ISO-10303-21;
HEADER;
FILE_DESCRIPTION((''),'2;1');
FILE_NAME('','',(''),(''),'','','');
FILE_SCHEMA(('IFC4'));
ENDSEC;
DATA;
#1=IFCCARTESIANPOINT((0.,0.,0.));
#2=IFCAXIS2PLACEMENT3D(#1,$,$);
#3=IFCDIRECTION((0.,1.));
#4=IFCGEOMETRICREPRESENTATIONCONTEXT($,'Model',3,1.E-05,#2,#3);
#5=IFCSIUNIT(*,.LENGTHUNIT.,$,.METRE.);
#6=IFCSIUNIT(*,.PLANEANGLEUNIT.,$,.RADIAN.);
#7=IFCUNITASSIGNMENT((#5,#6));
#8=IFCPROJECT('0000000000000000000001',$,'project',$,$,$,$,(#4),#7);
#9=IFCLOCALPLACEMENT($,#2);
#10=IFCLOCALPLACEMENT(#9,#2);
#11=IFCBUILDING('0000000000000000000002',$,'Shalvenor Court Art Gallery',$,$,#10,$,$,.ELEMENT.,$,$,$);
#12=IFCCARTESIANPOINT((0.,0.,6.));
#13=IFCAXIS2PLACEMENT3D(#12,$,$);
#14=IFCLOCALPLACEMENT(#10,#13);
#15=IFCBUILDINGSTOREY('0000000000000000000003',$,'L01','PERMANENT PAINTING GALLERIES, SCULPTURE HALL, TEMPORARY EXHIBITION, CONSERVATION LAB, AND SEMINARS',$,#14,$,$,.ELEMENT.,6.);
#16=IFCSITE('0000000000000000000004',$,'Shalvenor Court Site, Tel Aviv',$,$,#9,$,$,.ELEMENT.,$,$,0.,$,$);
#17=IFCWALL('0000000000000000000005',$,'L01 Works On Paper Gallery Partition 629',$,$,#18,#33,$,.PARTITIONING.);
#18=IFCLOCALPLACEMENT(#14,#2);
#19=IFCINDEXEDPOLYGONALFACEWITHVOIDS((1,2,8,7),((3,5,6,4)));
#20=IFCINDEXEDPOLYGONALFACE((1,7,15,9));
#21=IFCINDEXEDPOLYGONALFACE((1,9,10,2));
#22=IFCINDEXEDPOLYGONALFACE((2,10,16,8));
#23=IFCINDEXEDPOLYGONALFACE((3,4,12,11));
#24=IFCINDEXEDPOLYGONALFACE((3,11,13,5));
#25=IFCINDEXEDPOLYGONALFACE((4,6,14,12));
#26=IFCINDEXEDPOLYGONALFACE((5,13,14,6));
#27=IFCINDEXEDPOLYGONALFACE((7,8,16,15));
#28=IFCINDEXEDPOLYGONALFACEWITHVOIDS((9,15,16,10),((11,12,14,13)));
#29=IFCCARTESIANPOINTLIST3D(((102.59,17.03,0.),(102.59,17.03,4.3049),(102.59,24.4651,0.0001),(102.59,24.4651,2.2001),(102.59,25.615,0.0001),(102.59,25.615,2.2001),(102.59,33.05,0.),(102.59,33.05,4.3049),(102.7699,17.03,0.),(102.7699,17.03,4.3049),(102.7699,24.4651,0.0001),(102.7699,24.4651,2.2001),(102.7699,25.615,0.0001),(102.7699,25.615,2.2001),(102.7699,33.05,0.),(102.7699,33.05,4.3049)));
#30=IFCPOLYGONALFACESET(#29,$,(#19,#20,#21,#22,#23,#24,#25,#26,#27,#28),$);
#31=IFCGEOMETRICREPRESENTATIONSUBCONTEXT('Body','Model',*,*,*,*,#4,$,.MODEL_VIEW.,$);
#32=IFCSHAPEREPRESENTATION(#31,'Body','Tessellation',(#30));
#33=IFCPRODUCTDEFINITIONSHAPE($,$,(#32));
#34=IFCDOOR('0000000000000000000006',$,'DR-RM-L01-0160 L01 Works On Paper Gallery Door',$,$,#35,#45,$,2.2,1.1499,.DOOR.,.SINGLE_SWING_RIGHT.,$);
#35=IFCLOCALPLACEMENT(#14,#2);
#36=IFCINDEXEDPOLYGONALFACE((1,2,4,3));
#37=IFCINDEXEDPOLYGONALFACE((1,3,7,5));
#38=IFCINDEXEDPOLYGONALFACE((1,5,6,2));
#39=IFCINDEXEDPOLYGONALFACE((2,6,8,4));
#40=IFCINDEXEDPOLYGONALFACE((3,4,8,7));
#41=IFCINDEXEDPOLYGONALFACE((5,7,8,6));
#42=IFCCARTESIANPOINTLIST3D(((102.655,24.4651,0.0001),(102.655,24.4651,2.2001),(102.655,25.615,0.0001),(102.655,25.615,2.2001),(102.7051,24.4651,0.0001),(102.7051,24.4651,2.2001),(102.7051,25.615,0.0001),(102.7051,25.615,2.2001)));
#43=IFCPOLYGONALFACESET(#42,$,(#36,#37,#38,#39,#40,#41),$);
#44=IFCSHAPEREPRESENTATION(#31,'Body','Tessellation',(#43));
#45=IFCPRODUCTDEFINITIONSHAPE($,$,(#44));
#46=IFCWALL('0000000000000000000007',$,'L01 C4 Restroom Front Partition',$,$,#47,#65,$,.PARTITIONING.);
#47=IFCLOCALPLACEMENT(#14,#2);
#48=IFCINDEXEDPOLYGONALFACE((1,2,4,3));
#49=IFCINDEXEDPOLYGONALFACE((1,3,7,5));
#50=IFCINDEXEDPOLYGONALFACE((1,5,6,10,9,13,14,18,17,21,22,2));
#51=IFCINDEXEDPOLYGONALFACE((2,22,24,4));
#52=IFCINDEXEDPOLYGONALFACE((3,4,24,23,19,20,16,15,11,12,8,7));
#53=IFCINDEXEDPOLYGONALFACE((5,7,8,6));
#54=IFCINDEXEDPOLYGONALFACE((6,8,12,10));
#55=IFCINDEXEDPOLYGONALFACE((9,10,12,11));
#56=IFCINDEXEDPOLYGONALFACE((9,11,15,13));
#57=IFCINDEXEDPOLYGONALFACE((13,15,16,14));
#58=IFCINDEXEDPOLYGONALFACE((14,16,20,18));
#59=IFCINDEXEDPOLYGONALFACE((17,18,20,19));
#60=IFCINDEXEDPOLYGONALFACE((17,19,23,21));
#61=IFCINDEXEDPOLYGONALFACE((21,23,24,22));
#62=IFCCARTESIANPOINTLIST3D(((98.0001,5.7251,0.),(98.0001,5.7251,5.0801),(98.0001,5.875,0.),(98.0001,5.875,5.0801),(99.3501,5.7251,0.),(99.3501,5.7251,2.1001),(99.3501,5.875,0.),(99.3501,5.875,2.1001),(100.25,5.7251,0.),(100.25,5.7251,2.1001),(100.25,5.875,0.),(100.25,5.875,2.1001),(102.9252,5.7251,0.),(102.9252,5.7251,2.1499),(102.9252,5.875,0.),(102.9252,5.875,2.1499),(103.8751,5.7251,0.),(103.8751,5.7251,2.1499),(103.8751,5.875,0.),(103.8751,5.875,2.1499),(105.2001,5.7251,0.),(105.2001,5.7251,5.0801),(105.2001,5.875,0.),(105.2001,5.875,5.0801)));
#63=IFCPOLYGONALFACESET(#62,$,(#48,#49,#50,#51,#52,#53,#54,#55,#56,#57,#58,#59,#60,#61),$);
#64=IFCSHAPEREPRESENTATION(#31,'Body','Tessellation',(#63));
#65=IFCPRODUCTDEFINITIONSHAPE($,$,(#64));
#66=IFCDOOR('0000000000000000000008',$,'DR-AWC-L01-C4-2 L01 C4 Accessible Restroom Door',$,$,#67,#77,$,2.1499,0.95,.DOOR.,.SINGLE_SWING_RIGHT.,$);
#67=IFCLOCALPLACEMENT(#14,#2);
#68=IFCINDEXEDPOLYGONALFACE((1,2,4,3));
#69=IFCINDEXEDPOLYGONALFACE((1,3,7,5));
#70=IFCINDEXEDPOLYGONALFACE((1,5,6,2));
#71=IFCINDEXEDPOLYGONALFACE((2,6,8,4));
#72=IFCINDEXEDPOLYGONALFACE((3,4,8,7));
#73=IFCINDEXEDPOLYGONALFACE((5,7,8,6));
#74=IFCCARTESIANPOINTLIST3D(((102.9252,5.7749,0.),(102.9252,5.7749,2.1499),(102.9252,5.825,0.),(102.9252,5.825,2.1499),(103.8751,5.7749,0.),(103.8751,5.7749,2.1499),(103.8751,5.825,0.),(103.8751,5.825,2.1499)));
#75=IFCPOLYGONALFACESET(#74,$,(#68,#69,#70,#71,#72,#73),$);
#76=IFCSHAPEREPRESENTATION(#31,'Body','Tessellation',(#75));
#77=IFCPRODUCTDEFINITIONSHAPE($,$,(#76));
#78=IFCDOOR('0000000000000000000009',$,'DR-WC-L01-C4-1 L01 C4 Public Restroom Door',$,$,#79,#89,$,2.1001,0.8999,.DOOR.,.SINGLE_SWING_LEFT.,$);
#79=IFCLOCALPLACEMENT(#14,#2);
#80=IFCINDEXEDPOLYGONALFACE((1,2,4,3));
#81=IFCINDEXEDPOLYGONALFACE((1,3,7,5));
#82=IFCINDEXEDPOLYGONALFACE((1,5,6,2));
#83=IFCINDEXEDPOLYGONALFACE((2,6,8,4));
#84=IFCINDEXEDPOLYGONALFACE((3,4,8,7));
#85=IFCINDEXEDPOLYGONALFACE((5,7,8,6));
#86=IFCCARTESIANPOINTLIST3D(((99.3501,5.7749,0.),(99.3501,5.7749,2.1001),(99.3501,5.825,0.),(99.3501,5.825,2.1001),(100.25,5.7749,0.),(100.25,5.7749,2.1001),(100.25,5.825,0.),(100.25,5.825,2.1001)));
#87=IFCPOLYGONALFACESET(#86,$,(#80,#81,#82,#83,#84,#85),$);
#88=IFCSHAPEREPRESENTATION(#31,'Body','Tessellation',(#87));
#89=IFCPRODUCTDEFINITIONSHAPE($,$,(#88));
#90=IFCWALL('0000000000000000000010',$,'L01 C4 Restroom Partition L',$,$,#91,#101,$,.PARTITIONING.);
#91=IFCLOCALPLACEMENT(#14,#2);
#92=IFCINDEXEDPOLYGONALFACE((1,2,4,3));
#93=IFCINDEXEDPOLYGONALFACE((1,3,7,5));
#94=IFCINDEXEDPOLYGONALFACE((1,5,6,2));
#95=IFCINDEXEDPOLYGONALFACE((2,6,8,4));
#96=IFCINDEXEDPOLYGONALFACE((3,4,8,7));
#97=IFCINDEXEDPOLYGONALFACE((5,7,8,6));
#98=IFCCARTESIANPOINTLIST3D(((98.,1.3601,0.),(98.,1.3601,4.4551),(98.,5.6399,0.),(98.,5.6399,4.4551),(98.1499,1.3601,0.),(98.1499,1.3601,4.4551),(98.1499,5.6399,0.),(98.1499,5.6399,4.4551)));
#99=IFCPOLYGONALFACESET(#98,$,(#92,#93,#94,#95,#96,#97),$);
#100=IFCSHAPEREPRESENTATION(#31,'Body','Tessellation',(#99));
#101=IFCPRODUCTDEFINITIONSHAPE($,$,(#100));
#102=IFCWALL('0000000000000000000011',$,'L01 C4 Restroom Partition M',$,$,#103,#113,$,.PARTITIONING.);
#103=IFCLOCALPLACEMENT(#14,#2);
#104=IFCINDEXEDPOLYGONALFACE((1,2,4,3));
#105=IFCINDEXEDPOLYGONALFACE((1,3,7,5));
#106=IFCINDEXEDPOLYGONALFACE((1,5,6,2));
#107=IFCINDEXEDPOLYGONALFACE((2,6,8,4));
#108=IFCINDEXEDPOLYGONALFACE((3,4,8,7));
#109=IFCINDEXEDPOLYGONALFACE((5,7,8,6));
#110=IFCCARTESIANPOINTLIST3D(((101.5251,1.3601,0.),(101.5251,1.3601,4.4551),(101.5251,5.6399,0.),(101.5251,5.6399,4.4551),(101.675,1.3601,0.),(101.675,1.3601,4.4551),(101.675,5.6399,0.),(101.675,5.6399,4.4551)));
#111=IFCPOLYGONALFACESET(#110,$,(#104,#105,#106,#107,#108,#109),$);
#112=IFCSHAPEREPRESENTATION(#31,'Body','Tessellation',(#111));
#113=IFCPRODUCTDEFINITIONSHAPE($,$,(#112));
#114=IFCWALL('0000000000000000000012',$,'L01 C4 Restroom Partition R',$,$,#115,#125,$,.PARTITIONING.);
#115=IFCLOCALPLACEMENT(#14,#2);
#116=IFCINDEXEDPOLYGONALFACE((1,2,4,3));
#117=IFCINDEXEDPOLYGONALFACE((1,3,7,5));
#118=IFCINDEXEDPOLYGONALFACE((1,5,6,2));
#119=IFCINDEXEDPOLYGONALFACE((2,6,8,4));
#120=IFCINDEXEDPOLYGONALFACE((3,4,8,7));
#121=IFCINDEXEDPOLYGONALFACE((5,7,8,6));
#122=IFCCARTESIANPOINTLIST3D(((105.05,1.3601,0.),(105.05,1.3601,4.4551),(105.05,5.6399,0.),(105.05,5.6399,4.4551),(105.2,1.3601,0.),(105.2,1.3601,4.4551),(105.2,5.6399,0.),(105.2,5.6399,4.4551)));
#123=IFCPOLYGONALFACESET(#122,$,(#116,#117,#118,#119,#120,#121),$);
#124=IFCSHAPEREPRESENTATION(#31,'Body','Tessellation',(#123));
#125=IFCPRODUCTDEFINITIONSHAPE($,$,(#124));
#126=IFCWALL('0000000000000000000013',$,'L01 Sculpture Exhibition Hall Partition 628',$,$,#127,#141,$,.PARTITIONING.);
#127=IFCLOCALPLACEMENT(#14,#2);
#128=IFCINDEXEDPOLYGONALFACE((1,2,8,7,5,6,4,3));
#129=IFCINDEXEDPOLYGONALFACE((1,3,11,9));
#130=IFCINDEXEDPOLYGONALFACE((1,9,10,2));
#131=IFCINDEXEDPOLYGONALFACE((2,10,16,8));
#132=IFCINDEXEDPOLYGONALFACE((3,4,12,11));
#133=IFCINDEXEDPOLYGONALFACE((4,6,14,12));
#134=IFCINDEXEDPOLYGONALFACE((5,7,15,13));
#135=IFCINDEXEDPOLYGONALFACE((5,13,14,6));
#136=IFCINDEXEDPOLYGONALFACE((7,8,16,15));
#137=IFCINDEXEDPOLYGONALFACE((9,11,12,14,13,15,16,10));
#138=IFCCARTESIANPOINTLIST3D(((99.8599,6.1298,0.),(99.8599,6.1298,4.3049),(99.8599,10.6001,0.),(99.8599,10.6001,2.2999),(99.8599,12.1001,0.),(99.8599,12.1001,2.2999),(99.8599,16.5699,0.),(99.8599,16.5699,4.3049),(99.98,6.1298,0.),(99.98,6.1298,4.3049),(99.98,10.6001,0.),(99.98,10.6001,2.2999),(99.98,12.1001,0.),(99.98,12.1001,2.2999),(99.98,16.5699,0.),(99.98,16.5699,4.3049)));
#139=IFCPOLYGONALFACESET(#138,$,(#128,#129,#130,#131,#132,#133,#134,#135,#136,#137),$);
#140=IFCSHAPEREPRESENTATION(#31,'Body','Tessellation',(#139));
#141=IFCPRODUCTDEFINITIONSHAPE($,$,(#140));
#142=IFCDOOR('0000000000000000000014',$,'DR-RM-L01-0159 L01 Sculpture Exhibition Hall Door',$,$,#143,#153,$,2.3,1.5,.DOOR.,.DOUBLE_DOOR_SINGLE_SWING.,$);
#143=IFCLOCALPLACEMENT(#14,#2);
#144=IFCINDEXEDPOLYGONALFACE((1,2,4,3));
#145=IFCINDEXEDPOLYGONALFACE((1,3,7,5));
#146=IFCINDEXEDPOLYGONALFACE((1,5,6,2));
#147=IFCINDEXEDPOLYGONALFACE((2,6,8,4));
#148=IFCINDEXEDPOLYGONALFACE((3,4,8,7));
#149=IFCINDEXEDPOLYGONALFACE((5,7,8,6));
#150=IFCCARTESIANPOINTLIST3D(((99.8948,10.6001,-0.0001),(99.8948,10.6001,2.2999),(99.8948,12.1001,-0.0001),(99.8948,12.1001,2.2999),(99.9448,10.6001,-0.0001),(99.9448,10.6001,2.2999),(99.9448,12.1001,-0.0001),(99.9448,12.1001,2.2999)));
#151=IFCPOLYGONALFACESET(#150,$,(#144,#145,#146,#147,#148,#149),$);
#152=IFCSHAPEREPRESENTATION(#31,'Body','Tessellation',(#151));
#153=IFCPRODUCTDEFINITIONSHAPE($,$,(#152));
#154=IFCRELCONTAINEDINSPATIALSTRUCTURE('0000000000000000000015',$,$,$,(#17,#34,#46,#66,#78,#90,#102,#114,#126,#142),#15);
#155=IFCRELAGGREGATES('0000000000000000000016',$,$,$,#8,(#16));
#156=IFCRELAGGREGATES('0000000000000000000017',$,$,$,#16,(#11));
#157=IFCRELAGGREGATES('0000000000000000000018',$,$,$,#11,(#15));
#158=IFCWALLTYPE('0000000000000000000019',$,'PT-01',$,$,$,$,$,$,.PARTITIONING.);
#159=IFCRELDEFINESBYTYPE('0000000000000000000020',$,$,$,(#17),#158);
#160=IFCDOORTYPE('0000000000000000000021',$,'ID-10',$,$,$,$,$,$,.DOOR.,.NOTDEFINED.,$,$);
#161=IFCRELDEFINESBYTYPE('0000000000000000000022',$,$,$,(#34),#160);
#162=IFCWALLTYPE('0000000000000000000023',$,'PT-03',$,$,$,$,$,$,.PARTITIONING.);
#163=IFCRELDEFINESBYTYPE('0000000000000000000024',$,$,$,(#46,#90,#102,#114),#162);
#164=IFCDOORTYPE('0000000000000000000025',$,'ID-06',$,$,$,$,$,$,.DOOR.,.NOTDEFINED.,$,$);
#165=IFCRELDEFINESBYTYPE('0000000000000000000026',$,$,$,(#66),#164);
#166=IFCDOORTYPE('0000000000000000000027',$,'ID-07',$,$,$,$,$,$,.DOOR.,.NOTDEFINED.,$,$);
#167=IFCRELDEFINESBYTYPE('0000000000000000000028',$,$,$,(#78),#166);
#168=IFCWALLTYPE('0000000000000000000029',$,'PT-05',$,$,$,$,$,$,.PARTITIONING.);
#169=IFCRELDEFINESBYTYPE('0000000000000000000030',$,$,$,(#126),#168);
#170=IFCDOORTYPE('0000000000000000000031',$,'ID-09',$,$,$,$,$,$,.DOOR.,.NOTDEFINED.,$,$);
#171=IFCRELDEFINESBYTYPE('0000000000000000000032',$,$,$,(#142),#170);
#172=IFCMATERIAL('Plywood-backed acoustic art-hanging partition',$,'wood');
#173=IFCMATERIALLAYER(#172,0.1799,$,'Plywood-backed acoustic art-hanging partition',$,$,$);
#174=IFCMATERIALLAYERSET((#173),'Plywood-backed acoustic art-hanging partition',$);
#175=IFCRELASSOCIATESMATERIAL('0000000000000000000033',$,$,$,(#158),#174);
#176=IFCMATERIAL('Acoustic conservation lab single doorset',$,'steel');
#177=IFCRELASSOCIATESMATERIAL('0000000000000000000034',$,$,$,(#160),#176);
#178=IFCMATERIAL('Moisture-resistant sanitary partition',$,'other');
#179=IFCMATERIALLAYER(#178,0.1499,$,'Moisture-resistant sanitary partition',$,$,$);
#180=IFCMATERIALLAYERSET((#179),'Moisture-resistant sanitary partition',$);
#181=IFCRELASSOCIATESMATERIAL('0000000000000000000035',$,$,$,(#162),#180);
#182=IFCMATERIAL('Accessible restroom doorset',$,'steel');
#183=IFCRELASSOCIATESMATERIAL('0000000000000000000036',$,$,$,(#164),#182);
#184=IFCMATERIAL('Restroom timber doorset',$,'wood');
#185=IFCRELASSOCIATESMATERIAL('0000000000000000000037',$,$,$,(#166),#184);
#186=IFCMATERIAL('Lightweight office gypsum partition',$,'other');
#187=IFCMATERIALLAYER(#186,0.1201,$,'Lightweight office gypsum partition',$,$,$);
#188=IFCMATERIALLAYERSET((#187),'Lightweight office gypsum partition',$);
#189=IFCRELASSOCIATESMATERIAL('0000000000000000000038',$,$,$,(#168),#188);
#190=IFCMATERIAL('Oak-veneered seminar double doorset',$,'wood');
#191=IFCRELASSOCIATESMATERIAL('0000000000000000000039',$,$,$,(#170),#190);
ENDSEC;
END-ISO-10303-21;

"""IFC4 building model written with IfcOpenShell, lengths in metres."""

from ifc_helpers import new_model, si_unit, direction, frame, frame_2d, origin, place, context, subcontext, project, spatial, rectangle, extrude, material, layer, layer_set, type_object, element, fill, save


model = new_model("IFC4")

# Units and contexts
model_context = context("Model", 3, precision=1e-05, world=origin(), true_north=direction((0.0, 1.0)))
body_context = subcontext(model_context, "Body", "Model", "MODEL_VIEW")
ifc_project = project(units=[si_unit("LENGTHUNIT", "METRE"), si_unit("PLANEANGLEUNIT", "RADIAN")], contexts=[model_context])

# Site, building, storey
site_placement = place(None, origin())
site = spatial("IfcSite", under=ifc_project, at=site_placement, Name="Shalvenor Court Site, Tel Aviv", CompositionType="ELEMENT", RefElevation=0.0)
building_placement = place(site_placement, origin())
building = spatial("IfcBuilding", under=site, at=building_placement, Name="Shalvenor Court Art Gallery", CompositionType="ELEMENT")
storey_placement = place(building_placement, frame((0.0, 0.0, 6.0)))
storey = spatial("IfcBuildingStorey", under=building, at=storey_placement, Name="L01", Description="PERMANENT PAINTING GALLERIES, SCULPTURE HALL, TEMPORARY EXHIBITION, CONSERVATION LAB, AND SEMINARS", CompositionType="ELEMENT", Elevation=6.0)

# Wall, opening, door
ifc_material_1 = material(Name="Plywood-backed acoustic art-hanging partition", Category="wood")
ifc_layer_1 = layer(ifc_material_1, 0.1799, Name="Plywood-backed acoustic art-hanging partition")
ifc_layer_set_1 = layer_set([ifc_layer_1], Name="Plywood-backed acoustic art-hanging partition")
wall_type_1 = type_object("IfcWallType", Name="PT-01", PredefinedType="PARTITIONING", material=ifc_layer_set_1)
wall_1_placement = place(storey_placement, frame((102.6799, 17.03, 0.0), z_axis=(0.0, 0.0, 1.0), x_axis=(0.0, 1.0, 0.0)))
wall_1 = element("IfcWall", 1, at=wall_1_placement, inside=storey, type_object=wall_type_1, Name="L01 Works On Paper Gallery Partition 629", PredefinedType="PARTITIONING", context=body_context, shape_type="SweptSolid", body=[
    extrude(rectangle(XDim=16.02, YDim=0.1799, at=frame_2d((8.01, 0.0))), origin(), (0.0, 0.0, 1.0), 4.3049),
])
opening_1_placement = place(wall_1_placement, frame((7.4351, 0.0, 0.0)))
opening_1 = element("IfcOpeningElement", 2, at=opening_1_placement, cuts=wall_1, PredefinedType="OPENING", context=body_context, shape_type="SweptSolid", body=[
    extrude(rectangle(XDim=1.1499, YDim=2.2, at=frame_2d((0.575, 1.1001))), frame((0.0, 0.0999, 0.0), z_axis=(0.0, -1.0, 0.0), x_axis=(1.0, 0.0, 0.0)), (0.0, 0.0, 1.0), 0.2),
])
ifc_material_2 = material(Name="Acoustic conservation lab single doorset", Category="steel")
door_type_1 = type_object("IfcDoorType", Name="ID-10", OperationType="NOTDEFINED", PredefinedType="DOOR", material=ifc_material_2)
door_1_placement = place(opening_1_placement, origin())
door_1 = element("IfcDoor", 3, at=door_1_placement, inside=storey, type_object=door_type_1, Name="DR-RM-L01-0160 L01 Works On Paper Gallery Door", OperationType="SINGLE_SWING_RIGHT", OverallHeight=2.2, OverallWidth=1.1499, PredefinedType="DOOR", context=body_context, shape_type="SweptSolid", body=[
    extrude(rectangle(XDim=1.1499, YDim=2.2, at=frame_2d((0.575, 1.1001))), frame((0.0, 0.0249, 0.0), z_axis=(0.0, -1.0, 0.0), x_axis=(1.0, 0.0, 0.0)), (0.0, 0.0, 1.0), 0.05),
])
fill(opening_1, door_1)

# Wall, openings, doors
ifc_material_3 = material(Name="Moisture-resistant sanitary partition", Category="other")
ifc_layer_2 = layer(ifc_material_3, 0.1499, Name="Moisture-resistant sanitary partition")
ifc_layer_set_2 = layer_set([ifc_layer_2], Name="Moisture-resistant sanitary partition")
wall_type_2 = type_object("IfcWallType", Name="PT-03", PredefinedType="PARTITIONING", material=ifc_layer_set_2)
wall_2_placement = place(storey_placement, frame((98.0, 5.8, 0.0), z_axis=(0.0, 0.0, 1.0), x_axis=(1.0, 0.0, 0.0)))
wall_2 = element("IfcWall", 4, at=wall_2_placement, inside=storey, type_object=wall_type_2, Name="L01 C4 Restroom Front Partition", PredefinedType="PARTITIONING", context=body_context, shape_type="SweptSolid", body=[
    extrude(rectangle(XDim=7.2, YDim=0.1499, at=frame_2d((3.6001, 0.0))), origin(), (0.0, 0.0, 1.0), 5.0801),
])
opening_2_placement = place(wall_2_placement, frame((1.3501, 0.0, 0.0)))
opening_2 = element("IfcOpeningElement", 5, at=opening_2_placement, cuts=wall_2, PredefinedType="OPENING", context=body_context, shape_type="SweptSolid", body=[
    extrude(rectangle(XDim=0.8999, YDim=2.1001, at=frame_2d((0.45, 1.05))), frame((0.0, 0.085, 0.0), z_axis=(0.0, -1.0, 0.0), x_axis=(1.0, 0.0, 0.0)), (0.0, 0.0, 1.0), 0.1699),
])
opening_3_placement = place(wall_2_placement, frame((4.925, 0.0, 0.0)))
opening_3 = element("IfcOpeningElement", 6, at=opening_3_placement, cuts=wall_2, PredefinedType="OPENING", context=body_context, shape_type="SweptSolid", body=[
    extrude(rectangle(XDim=0.95, YDim=2.1499, at=frame_2d((0.4751, 1.075))), frame((0.0, 0.085, 0.0), z_axis=(0.0, -1.0, 0.0), x_axis=(1.0, 0.0, 0.0)), (0.0, 0.0, 1.0), 0.1699),
])
ifc_material_4 = material(Name="Accessible restroom doorset", Category="steel")
door_type_2 = type_object("IfcDoorType", Name="ID-06", OperationType="NOTDEFINED", PredefinedType="DOOR", material=ifc_material_4)
door_2_placement = place(opening_3_placement, origin())
door_2 = element("IfcDoor", 7, at=door_2_placement, inside=storey, type_object=door_type_2, Name="DR-AWC-L01-C4-2 L01 C4 Accessible Restroom Door", OperationType="SINGLE_SWING_RIGHT", OverallHeight=2.1499, OverallWidth=0.95, PredefinedType="DOOR", context=body_context, shape_type="SweptSolid", body=[
    extrude(rectangle(XDim=0.95, YDim=2.1499, at=frame_2d((0.4751, 1.075))), frame((0.0, 0.0249, 0.0), z_axis=(0.0, -1.0, 0.0), x_axis=(1.0, 0.0, 0.0)), (0.0, 0.0, 1.0), 0.05),
])
fill(opening_3, door_2)
ifc_material_5 = material(Name="Restroom timber doorset", Category="wood")
door_type_3 = type_object("IfcDoorType", Name="ID-07", OperationType="NOTDEFINED", PredefinedType="DOOR", material=ifc_material_5)
door_3_placement = place(opening_2_placement, origin())
door_3 = element("IfcDoor", 8, at=door_3_placement, inside=storey, type_object=door_type_3, Name="DR-WC-L01-C4-1 L01 C4 Public Restroom Door", OperationType="SINGLE_SWING_LEFT", OverallHeight=2.1001, OverallWidth=0.8999, PredefinedType="DOOR", context=body_context, shape_type="SweptSolid", body=[
    extrude(rectangle(XDim=0.8999, YDim=2.1001, at=frame_2d((0.45, 1.05))), frame((0.0, 0.0249, 0.0), z_axis=(0.0, -1.0, 0.0), x_axis=(1.0, 0.0, 0.0)), (0.0, 0.0, 1.0), 0.05),
])
fill(opening_2, door_3)

# Walls
for number, where, z_axis, x_axis, name in (
    (9, (98.075, 1.3601, 0.0), (0.0, 0.0, 1.0), (0.0, 1.0, 0.0), "L01 C4 Restroom Partition L"),
    (10, (101.6001, 1.3601, 0.0), (0.0, 0.0, 1.0), (0.0, 1.0, 0.0), "L01 C4 Restroom Partition M"),
    (11, (105.125, 1.3601, 0.0), (0.0, 0.0, 1.0), (0.0, 1.0, 0.0), "L01 C4 Restroom Partition R"),
):
    element("IfcWall", number, at=place(storey_placement, frame(where, z_axis=z_axis, x_axis=x_axis)), inside=storey, type_object=wall_type_2, Name=name, PredefinedType="PARTITIONING", context=body_context, shape_type="SweptSolid", body=[
        extrude(rectangle(XDim=4.2798, YDim=0.1499, at=frame_2d((2.1399, 0.0))), origin(), (0.0, 0.0, 1.0), 4.4551),
    ])

# Wall, opening, door
ifc_material_6 = material(Name="Lightweight office gypsum partition", Category="other")
ifc_layer_3 = layer(ifc_material_6, 0.1201, Name="Lightweight office gypsum partition")
ifc_layer_set_3 = layer_set([ifc_layer_3], Name="Lightweight office gypsum partition")
wall_type_3 = type_object("IfcWallType", Name="PT-05", PredefinedType="PARTITIONING", material=ifc_layer_set_3)
wall_3_placement = place(storey_placement, frame((99.9199, 16.5701, 0.0), z_axis=(0.0, 0.0, 1.0), x_axis=(0.0, -1.0, 0.0)))
wall_3 = element("IfcWall", 12, at=wall_3_placement, inside=storey, type_object=wall_type_3, Name="L01 Sculpture Exhibition Hall Partition 628", PredefinedType="PARTITIONING", context=body_context, shape_type="SweptSolid", body=[
    extrude(rectangle(XDim=10.4402, YDim=0.1201, at=frame_2d((5.2202, 0.0))), origin(), (0.0, 0.0, 1.0), 4.3049),
])
opening_4_placement = place(wall_3_placement, frame((4.47, 0.0, 0.0)))
opening_4 = element("IfcOpeningElement", 13, at=opening_4_placement, cuts=wall_3, PredefinedType="OPENING", context=body_context, shape_type="SweptSolid", body=[
    extrude(rectangle(XDim=1.5, YDim=2.3, at=frame_2d((0.75, 1.1499))), frame((0.0, 0.0701, 0.0), z_axis=(0.0, -1.0, 0.0), x_axis=(1.0, 0.0, 0.0)), (0.0, 0.0, 1.0), 0.1401),
])
ifc_material_7 = material(Name="Oak-veneered seminar double doorset", Category="wood")
door_type_4 = type_object("IfcDoorType", Name="ID-09", OperationType="NOTDEFINED", PredefinedType="DOOR", material=ifc_material_7)
door_4_placement = place(opening_4_placement, origin())
door_4 = element("IfcDoor", 14, at=door_4_placement, inside=storey, type_object=door_type_4, Name="DR-RM-L01-0159 L01 Sculpture Exhibition Hall Door", OperationType="DOUBLE_DOOR_SINGLE_SWING", OverallHeight=2.3, OverallWidth=1.5, PredefinedType="DOOR", context=body_context, shape_type="SweptSolid", body=[
    extrude(rectangle(XDim=1.5, YDim=2.3, at=frame_2d((0.75, 1.1499))), frame((0.0, 0.0249, 0.0), z_axis=(0.0, -1.0, 0.0), x_axis=(1.0, 0.0, 0.0)), (0.0, 0.0, 1.0), 0.05),
])
fill(opening_4, door_4)

save(model, "model.ifc")
